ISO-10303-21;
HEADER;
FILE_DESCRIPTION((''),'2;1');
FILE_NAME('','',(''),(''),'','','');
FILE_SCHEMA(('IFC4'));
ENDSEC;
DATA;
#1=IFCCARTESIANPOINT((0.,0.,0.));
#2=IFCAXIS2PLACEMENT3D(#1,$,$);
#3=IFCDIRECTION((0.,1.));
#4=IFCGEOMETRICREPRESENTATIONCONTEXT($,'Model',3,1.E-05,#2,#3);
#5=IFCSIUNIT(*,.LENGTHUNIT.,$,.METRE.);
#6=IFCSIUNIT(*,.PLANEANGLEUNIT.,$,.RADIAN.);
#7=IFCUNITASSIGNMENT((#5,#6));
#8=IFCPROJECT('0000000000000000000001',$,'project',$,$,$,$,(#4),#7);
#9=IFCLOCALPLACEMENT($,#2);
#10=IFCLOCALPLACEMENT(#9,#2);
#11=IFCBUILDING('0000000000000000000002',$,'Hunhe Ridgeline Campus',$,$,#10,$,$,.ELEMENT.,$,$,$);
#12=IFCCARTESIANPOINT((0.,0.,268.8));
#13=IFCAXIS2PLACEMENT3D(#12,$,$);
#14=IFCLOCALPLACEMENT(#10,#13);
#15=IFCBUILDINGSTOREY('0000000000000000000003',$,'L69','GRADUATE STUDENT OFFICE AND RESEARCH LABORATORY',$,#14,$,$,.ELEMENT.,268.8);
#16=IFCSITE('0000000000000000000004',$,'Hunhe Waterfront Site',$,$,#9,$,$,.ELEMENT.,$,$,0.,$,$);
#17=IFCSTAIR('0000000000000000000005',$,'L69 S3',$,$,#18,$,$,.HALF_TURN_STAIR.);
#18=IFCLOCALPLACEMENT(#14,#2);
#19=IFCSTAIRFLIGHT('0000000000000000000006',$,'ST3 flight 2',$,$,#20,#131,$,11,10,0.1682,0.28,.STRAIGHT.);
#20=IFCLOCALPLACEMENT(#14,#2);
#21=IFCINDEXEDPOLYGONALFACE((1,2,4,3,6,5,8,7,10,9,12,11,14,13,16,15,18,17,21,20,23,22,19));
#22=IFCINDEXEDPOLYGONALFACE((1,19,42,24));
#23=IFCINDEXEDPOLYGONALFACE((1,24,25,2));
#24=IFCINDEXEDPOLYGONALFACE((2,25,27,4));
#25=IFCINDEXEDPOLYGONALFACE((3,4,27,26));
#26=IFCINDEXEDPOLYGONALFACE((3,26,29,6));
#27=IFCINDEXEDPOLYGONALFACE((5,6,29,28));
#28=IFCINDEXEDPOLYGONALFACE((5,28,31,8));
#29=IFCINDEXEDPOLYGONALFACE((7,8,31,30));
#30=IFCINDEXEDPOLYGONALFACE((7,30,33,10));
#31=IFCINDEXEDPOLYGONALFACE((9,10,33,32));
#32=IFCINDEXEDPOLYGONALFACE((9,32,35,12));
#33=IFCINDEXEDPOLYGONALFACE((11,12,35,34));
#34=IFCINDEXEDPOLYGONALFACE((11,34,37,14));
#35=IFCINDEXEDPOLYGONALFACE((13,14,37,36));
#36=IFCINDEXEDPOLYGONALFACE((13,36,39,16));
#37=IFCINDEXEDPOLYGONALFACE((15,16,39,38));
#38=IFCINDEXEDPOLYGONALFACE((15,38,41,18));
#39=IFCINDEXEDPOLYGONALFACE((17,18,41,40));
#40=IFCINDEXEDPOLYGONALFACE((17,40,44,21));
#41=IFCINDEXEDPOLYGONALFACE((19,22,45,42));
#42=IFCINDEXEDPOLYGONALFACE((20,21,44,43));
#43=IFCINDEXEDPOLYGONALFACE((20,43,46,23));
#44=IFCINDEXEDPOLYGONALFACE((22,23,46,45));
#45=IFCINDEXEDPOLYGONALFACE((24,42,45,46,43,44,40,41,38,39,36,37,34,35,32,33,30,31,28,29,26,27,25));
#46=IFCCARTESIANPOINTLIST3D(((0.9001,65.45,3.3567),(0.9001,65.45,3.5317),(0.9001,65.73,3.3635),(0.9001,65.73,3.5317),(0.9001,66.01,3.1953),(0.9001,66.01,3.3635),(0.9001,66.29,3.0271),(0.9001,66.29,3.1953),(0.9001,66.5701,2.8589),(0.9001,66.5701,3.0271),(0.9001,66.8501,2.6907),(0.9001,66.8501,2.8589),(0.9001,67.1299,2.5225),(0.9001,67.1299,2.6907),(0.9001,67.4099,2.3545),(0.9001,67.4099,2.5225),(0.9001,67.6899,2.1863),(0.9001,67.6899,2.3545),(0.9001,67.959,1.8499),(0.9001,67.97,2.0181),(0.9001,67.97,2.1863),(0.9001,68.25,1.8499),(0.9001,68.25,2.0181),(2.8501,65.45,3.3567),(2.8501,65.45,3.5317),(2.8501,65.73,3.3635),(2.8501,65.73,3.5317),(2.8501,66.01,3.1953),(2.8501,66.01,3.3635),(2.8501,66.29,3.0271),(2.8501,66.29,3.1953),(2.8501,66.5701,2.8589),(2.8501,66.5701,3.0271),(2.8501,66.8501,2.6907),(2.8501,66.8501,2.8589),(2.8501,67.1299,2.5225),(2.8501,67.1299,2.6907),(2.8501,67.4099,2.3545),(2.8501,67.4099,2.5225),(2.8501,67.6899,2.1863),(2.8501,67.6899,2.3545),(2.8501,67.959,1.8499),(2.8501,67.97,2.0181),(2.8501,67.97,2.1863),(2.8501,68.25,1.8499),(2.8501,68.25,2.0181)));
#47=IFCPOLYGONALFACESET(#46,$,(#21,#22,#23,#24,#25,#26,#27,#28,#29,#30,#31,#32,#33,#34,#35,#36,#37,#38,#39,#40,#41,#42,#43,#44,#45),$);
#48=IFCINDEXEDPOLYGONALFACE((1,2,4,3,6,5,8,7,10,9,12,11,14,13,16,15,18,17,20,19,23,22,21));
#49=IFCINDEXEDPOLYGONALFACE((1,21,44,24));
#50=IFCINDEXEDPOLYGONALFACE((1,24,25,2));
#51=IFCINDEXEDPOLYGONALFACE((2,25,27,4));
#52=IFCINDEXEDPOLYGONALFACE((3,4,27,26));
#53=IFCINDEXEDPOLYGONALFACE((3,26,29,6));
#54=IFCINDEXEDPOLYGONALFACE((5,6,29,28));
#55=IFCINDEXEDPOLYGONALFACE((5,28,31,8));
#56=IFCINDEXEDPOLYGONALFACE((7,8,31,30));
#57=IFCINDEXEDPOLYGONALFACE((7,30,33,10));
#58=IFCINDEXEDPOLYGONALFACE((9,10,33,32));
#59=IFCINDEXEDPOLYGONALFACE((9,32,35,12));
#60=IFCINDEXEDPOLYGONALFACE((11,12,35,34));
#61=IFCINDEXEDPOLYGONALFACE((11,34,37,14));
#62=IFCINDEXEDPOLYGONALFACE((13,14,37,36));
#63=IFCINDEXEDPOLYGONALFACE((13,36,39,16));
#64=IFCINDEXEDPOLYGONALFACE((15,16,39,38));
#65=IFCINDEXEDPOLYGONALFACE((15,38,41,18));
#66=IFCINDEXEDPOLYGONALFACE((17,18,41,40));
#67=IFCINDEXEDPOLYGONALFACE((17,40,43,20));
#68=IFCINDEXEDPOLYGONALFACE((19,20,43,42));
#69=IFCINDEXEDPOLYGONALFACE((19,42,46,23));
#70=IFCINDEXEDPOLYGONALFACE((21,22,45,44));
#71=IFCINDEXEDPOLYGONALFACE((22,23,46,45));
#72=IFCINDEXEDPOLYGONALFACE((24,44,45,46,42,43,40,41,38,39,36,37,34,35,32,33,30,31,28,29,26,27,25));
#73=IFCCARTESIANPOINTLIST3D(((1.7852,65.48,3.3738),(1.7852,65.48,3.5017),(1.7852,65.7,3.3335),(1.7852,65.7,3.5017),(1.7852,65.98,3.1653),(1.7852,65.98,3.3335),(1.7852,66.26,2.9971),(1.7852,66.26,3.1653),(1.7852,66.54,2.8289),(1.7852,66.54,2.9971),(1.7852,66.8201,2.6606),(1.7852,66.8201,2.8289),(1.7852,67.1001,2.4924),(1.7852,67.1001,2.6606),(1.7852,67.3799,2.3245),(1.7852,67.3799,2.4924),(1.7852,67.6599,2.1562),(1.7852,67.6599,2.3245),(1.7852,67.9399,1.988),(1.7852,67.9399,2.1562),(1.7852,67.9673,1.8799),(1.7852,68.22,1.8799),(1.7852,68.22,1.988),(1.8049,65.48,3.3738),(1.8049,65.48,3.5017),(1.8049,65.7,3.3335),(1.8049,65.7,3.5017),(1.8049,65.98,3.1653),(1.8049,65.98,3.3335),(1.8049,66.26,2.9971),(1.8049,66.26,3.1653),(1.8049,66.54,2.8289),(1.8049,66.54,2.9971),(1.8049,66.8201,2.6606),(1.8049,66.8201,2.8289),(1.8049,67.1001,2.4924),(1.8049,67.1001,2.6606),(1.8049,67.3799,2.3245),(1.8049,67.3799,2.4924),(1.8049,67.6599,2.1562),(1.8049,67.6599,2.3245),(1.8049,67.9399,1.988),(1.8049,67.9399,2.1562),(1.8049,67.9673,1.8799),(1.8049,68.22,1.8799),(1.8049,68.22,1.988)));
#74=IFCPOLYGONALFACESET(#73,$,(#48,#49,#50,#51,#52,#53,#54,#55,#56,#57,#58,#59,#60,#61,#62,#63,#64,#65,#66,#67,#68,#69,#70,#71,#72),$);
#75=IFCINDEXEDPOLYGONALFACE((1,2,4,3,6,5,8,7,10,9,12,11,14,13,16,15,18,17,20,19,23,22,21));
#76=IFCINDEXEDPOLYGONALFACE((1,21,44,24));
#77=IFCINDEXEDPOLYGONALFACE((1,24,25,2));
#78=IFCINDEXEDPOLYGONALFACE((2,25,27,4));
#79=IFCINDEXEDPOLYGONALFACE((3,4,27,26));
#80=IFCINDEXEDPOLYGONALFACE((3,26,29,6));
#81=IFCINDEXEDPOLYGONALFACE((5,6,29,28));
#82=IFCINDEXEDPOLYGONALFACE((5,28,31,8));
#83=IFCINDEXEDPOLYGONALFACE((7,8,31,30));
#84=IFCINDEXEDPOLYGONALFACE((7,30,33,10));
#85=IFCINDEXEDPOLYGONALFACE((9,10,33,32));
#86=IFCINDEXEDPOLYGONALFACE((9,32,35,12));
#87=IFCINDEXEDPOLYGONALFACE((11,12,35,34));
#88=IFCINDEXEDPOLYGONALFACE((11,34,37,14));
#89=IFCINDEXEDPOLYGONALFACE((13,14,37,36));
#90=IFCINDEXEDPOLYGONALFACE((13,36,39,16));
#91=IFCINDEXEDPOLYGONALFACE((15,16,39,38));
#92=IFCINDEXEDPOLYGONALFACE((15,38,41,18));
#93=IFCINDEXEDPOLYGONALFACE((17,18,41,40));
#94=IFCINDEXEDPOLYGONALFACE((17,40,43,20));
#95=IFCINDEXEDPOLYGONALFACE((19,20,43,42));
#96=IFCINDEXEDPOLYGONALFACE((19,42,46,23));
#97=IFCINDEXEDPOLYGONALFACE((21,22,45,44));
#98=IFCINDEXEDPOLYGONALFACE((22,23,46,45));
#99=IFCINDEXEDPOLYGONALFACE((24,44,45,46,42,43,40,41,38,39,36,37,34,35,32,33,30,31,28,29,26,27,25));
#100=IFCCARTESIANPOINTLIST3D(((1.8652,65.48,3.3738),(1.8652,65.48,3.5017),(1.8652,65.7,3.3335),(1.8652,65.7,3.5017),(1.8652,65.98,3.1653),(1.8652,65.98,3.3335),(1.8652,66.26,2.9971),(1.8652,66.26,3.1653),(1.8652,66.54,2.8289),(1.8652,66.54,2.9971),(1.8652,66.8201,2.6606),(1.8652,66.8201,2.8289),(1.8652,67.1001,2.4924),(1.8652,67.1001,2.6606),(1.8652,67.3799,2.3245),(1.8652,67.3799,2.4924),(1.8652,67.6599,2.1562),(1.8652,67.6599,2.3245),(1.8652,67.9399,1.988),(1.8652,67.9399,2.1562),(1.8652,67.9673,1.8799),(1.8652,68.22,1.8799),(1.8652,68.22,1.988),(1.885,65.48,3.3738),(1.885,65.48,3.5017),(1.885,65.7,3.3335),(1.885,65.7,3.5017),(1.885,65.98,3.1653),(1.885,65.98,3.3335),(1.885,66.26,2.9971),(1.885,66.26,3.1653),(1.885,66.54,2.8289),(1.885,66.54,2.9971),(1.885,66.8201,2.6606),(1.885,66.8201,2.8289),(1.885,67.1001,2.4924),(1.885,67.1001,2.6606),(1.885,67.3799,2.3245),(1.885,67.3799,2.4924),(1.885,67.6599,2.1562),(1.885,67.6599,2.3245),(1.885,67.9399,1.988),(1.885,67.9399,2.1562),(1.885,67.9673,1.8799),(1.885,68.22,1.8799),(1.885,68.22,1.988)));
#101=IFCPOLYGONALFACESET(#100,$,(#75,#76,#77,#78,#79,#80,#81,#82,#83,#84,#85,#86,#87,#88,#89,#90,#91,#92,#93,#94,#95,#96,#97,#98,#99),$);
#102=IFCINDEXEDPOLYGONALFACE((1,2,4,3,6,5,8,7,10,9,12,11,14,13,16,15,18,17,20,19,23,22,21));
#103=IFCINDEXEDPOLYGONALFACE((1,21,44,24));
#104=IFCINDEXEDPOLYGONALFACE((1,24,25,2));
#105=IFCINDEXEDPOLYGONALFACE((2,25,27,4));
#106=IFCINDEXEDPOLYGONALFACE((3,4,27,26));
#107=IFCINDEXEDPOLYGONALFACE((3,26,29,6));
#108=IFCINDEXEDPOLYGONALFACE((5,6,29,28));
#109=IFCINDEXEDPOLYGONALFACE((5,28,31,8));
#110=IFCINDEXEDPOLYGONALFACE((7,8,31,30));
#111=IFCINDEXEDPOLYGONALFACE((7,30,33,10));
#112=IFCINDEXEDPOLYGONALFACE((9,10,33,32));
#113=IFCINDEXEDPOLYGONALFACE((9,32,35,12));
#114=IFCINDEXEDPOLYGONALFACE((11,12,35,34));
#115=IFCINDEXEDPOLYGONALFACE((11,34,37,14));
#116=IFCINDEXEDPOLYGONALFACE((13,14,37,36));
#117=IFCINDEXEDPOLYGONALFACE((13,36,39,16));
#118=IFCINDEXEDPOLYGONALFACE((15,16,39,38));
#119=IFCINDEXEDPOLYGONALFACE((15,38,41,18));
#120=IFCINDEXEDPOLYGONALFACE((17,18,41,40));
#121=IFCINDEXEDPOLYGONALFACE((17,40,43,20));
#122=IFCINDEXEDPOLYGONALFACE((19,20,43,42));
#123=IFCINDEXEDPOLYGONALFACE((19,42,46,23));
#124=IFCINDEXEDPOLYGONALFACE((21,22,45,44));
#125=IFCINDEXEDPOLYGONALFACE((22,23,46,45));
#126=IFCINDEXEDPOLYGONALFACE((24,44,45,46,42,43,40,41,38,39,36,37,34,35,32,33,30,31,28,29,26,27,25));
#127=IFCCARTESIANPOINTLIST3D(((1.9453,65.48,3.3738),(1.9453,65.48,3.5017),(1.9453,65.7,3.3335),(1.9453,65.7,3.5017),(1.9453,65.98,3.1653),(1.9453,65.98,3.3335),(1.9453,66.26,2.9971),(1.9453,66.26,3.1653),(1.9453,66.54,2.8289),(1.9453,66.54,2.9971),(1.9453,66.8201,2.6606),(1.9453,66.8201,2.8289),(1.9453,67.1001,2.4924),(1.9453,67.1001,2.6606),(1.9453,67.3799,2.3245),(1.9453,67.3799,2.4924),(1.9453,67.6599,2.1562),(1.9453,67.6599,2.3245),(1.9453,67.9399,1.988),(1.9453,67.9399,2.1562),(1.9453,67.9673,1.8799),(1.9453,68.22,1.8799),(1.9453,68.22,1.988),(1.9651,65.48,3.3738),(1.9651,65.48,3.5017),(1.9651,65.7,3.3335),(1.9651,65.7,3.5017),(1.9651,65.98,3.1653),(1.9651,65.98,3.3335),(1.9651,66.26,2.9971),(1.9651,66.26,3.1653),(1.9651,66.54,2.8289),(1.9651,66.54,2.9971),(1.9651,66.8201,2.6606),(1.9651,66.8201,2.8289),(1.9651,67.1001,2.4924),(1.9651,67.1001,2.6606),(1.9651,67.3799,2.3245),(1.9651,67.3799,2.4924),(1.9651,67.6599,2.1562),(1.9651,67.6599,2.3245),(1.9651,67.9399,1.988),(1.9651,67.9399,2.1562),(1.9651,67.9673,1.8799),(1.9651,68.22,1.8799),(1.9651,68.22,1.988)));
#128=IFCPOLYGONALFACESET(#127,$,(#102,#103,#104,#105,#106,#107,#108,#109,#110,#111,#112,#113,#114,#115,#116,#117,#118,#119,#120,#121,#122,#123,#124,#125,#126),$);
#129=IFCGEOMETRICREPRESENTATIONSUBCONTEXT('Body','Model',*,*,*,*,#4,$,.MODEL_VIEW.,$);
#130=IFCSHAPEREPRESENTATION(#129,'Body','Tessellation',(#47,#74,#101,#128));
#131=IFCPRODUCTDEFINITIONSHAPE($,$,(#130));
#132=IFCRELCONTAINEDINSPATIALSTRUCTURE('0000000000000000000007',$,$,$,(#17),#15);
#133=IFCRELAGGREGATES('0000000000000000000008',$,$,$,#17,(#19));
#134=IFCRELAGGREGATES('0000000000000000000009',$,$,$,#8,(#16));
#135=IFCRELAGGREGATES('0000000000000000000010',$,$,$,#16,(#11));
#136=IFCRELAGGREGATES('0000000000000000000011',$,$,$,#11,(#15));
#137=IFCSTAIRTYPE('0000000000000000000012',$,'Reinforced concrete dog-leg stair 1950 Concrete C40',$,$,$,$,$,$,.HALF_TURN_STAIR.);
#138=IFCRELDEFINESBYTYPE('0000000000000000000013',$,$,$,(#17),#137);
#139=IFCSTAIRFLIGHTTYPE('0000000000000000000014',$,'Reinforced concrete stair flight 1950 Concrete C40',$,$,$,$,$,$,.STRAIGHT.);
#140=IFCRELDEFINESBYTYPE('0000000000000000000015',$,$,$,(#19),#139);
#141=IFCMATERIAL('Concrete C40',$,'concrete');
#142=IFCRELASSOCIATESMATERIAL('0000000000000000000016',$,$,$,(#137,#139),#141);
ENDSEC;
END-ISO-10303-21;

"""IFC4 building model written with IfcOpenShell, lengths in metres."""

from ifc_helpers import new_model, si_unit, direction, frame, origin, place, context, subcontext, project, spatial, polyline, outline, extrude, material, type_object, element, aggregate, save


model = new_model("IFC4")

# Units and contexts
model_context = context("Model", 3, precision=1e-05, world=origin(), true_north=direction((0.0, 1.0)))
body_context = subcontext(model_context, "Body", "Model", "MODEL_VIEW")
ifc_project = project(units=[si_unit("LENGTHUNIT", "METRE"), si_unit("PLANEANGLEUNIT", "RADIAN")], contexts=[model_context])

# Site, building, storey
site_placement = place(None, origin())
site = spatial("IfcSite", under=ifc_project, at=site_placement, Name="Hunhe Waterfront Site", CompositionType="ELEMENT", RefElevation=0.0)
building_placement = place(site_placement, origin())
building = spatial("IfcBuilding", under=site, at=building_placement, Name="Hunhe Ridgeline Campus", CompositionType="ELEMENT")
storey_placement = place(building_placement, frame((0.0, 0.0, 268.8)))
storey = spatial("IfcBuildingStorey", under=building, at=storey_placement, Name="L69", Description="GRADUATE STUDENT OFFICE AND RESEARCH LABORATORY", CompositionType="ELEMENT", Elevation=268.8)

# Stair, stair flight
ifc_material_1 = material(Name="Concrete C40", Category="concrete")
stair_type = type_object("IfcStairType", Name="Reinforced concrete dog-leg stair 1950 Concrete C40", PredefinedType="HALF_TURN_STAIR", material=ifc_material_1)
stair_1_placement = place(storey_placement, origin())
stair_1 = element("IfcStair", 1, at=stair_1_placement, inside=storey, type_object=stair_type, Name="L69 S3", PredefinedType="HALF_TURN_STAIR")
stair_flight_type = type_object("IfcStairFlightType", Name="Reinforced concrete stair flight 1950 Concrete C40", PredefinedType="STRAIGHT", material=ifc_material_1)
stair_flight_1_placement = place(storey_placement, frame((1.875, 68.25, 1.8499), z_axis=(0.0, 0.0, 1.0), x_axis=(0.0, -1.0, 0.0)))
stair_flight_1 = element("IfcStairFlight", 2, at=stair_flight_1_placement, type_object=stair_flight_type, Name="ST3 flight 2", NumberOfRisers=11, NumberOfTreads=10, PredefinedType="STRAIGHT", RiserHeight=0.1682, TreadLength=0.28, context=body_context, shape_type="SweptSolid", body=[
    extrude(outline(polyline([(0.0, 0.0), (0.0, 0.1682), (0.28, 0.1682), (0.28, 0.3364), (0.5601, 0.3364), (0.5601, 0.5046), (0.8401, 0.5046), (0.8401, 0.6726), (1.1201, 0.6726), (1.1201, 0.8408), (1.3999, 0.8408), (1.3999, 1.009), (1.6799, 1.009), (1.6799, 1.1772), (1.96, 1.1772), (1.96, 1.3455), (2.24, 1.3455), (2.24, 1.5137), (2.52, 1.5137), (2.52, 1.6819), (2.8, 1.6819), (2.8, 1.8501), (2.8, 1.5068), (0.291, 0.0), (0.0, 0.0)])), frame((0.0, 0.9751, 0.0), z_axis=(0.0, -1.0, 0.0), x_axis=(1.0, 0.0, 0.0)), (0.0, 0.0, 1.0), 1.95),
    extrude(outline(polyline([(0.03, 0.03), (0.03, 0.1382), (0.3101, 0.1382), (0.3101, 0.3064), (0.5901, 0.3064), (0.5901, 0.4746), (0.8701, 0.4746), (0.8701, 0.6426), (1.1499, 0.6426), (1.1499, 0.8108), (1.4299, 0.8108), (1.4299, 0.979), (1.71, 0.979), (1.71, 1.1472), (1.99, 1.1472), (1.99, 1.3154), (2.27, 1.3154), (2.27, 1.4836), (2.55, 1.4836), (2.55, 1.6519), (2.77, 1.6519), (2.77, 1.5239), (0.2827, 0.03), (0.03, 0.03)])), frame((0.0, -0.0701, 0.0), z_axis=(0.0, -1.0, 0.0), x_axis=(1.0, 0.0, 0.0)), (0.0, 0.0, 1.0), 0.0198),
    extrude(outline(polyline([(0.03, 0.03), (0.03, 0.1382), (0.3101, 0.1382), (0.3101, 0.3064), (0.5901, 0.3064), (0.5901, 0.4746), (0.8701, 0.4746), (0.8701, 0.6426), (1.1499, 0.6426), (1.1499, 0.8108), (1.4299, 0.8108), (1.4299, 0.979), (1.71, 0.979), (1.71, 1.1472), (1.99, 1.1472), (1.99, 1.3154), (2.27, 1.3154), (2.27, 1.4836), (2.55, 1.4836), (2.55, 1.6519), (2.77, 1.6519), (2.77, 1.5239), (0.2827, 0.03), (0.03, 0.03)])), frame((0.0, 0.01, 0.0), z_axis=(0.0, -1.0, 0.0), x_axis=(1.0, 0.0, 0.0)), (0.0, 0.0, 1.0), 0.0198),
    extrude(outline(polyline([(0.03, 0.03), (0.03, 0.1382), (0.3101, 0.1382), (0.3101, 0.3064), (0.5901, 0.3064), (0.5901, 0.4746), (0.8701, 0.4746), (0.8701, 0.6426), (1.1499, 0.6426), (1.1499, 0.8108), (1.4299, 0.8108), (1.4299, 0.979), (1.71, 0.979), (1.71, 1.1472), (1.99, 1.1472), (1.99, 1.3154), (2.27, 1.3154), (2.27, 1.4836), (2.55, 1.4836), (2.55, 1.6519), (2.77, 1.6519), (2.77, 1.5239), (0.2827, 0.03), (0.03, 0.03)])), frame((0.0, 0.0901, 0.0), z_axis=(0.0, -1.0, 0.0), x_axis=(1.0, 0.0, 0.0)), (0.0, 0.0, 1.0), 0.0198),
])
aggregate(stair_1, [stair_flight_1])

save(model, "model.ifc")
